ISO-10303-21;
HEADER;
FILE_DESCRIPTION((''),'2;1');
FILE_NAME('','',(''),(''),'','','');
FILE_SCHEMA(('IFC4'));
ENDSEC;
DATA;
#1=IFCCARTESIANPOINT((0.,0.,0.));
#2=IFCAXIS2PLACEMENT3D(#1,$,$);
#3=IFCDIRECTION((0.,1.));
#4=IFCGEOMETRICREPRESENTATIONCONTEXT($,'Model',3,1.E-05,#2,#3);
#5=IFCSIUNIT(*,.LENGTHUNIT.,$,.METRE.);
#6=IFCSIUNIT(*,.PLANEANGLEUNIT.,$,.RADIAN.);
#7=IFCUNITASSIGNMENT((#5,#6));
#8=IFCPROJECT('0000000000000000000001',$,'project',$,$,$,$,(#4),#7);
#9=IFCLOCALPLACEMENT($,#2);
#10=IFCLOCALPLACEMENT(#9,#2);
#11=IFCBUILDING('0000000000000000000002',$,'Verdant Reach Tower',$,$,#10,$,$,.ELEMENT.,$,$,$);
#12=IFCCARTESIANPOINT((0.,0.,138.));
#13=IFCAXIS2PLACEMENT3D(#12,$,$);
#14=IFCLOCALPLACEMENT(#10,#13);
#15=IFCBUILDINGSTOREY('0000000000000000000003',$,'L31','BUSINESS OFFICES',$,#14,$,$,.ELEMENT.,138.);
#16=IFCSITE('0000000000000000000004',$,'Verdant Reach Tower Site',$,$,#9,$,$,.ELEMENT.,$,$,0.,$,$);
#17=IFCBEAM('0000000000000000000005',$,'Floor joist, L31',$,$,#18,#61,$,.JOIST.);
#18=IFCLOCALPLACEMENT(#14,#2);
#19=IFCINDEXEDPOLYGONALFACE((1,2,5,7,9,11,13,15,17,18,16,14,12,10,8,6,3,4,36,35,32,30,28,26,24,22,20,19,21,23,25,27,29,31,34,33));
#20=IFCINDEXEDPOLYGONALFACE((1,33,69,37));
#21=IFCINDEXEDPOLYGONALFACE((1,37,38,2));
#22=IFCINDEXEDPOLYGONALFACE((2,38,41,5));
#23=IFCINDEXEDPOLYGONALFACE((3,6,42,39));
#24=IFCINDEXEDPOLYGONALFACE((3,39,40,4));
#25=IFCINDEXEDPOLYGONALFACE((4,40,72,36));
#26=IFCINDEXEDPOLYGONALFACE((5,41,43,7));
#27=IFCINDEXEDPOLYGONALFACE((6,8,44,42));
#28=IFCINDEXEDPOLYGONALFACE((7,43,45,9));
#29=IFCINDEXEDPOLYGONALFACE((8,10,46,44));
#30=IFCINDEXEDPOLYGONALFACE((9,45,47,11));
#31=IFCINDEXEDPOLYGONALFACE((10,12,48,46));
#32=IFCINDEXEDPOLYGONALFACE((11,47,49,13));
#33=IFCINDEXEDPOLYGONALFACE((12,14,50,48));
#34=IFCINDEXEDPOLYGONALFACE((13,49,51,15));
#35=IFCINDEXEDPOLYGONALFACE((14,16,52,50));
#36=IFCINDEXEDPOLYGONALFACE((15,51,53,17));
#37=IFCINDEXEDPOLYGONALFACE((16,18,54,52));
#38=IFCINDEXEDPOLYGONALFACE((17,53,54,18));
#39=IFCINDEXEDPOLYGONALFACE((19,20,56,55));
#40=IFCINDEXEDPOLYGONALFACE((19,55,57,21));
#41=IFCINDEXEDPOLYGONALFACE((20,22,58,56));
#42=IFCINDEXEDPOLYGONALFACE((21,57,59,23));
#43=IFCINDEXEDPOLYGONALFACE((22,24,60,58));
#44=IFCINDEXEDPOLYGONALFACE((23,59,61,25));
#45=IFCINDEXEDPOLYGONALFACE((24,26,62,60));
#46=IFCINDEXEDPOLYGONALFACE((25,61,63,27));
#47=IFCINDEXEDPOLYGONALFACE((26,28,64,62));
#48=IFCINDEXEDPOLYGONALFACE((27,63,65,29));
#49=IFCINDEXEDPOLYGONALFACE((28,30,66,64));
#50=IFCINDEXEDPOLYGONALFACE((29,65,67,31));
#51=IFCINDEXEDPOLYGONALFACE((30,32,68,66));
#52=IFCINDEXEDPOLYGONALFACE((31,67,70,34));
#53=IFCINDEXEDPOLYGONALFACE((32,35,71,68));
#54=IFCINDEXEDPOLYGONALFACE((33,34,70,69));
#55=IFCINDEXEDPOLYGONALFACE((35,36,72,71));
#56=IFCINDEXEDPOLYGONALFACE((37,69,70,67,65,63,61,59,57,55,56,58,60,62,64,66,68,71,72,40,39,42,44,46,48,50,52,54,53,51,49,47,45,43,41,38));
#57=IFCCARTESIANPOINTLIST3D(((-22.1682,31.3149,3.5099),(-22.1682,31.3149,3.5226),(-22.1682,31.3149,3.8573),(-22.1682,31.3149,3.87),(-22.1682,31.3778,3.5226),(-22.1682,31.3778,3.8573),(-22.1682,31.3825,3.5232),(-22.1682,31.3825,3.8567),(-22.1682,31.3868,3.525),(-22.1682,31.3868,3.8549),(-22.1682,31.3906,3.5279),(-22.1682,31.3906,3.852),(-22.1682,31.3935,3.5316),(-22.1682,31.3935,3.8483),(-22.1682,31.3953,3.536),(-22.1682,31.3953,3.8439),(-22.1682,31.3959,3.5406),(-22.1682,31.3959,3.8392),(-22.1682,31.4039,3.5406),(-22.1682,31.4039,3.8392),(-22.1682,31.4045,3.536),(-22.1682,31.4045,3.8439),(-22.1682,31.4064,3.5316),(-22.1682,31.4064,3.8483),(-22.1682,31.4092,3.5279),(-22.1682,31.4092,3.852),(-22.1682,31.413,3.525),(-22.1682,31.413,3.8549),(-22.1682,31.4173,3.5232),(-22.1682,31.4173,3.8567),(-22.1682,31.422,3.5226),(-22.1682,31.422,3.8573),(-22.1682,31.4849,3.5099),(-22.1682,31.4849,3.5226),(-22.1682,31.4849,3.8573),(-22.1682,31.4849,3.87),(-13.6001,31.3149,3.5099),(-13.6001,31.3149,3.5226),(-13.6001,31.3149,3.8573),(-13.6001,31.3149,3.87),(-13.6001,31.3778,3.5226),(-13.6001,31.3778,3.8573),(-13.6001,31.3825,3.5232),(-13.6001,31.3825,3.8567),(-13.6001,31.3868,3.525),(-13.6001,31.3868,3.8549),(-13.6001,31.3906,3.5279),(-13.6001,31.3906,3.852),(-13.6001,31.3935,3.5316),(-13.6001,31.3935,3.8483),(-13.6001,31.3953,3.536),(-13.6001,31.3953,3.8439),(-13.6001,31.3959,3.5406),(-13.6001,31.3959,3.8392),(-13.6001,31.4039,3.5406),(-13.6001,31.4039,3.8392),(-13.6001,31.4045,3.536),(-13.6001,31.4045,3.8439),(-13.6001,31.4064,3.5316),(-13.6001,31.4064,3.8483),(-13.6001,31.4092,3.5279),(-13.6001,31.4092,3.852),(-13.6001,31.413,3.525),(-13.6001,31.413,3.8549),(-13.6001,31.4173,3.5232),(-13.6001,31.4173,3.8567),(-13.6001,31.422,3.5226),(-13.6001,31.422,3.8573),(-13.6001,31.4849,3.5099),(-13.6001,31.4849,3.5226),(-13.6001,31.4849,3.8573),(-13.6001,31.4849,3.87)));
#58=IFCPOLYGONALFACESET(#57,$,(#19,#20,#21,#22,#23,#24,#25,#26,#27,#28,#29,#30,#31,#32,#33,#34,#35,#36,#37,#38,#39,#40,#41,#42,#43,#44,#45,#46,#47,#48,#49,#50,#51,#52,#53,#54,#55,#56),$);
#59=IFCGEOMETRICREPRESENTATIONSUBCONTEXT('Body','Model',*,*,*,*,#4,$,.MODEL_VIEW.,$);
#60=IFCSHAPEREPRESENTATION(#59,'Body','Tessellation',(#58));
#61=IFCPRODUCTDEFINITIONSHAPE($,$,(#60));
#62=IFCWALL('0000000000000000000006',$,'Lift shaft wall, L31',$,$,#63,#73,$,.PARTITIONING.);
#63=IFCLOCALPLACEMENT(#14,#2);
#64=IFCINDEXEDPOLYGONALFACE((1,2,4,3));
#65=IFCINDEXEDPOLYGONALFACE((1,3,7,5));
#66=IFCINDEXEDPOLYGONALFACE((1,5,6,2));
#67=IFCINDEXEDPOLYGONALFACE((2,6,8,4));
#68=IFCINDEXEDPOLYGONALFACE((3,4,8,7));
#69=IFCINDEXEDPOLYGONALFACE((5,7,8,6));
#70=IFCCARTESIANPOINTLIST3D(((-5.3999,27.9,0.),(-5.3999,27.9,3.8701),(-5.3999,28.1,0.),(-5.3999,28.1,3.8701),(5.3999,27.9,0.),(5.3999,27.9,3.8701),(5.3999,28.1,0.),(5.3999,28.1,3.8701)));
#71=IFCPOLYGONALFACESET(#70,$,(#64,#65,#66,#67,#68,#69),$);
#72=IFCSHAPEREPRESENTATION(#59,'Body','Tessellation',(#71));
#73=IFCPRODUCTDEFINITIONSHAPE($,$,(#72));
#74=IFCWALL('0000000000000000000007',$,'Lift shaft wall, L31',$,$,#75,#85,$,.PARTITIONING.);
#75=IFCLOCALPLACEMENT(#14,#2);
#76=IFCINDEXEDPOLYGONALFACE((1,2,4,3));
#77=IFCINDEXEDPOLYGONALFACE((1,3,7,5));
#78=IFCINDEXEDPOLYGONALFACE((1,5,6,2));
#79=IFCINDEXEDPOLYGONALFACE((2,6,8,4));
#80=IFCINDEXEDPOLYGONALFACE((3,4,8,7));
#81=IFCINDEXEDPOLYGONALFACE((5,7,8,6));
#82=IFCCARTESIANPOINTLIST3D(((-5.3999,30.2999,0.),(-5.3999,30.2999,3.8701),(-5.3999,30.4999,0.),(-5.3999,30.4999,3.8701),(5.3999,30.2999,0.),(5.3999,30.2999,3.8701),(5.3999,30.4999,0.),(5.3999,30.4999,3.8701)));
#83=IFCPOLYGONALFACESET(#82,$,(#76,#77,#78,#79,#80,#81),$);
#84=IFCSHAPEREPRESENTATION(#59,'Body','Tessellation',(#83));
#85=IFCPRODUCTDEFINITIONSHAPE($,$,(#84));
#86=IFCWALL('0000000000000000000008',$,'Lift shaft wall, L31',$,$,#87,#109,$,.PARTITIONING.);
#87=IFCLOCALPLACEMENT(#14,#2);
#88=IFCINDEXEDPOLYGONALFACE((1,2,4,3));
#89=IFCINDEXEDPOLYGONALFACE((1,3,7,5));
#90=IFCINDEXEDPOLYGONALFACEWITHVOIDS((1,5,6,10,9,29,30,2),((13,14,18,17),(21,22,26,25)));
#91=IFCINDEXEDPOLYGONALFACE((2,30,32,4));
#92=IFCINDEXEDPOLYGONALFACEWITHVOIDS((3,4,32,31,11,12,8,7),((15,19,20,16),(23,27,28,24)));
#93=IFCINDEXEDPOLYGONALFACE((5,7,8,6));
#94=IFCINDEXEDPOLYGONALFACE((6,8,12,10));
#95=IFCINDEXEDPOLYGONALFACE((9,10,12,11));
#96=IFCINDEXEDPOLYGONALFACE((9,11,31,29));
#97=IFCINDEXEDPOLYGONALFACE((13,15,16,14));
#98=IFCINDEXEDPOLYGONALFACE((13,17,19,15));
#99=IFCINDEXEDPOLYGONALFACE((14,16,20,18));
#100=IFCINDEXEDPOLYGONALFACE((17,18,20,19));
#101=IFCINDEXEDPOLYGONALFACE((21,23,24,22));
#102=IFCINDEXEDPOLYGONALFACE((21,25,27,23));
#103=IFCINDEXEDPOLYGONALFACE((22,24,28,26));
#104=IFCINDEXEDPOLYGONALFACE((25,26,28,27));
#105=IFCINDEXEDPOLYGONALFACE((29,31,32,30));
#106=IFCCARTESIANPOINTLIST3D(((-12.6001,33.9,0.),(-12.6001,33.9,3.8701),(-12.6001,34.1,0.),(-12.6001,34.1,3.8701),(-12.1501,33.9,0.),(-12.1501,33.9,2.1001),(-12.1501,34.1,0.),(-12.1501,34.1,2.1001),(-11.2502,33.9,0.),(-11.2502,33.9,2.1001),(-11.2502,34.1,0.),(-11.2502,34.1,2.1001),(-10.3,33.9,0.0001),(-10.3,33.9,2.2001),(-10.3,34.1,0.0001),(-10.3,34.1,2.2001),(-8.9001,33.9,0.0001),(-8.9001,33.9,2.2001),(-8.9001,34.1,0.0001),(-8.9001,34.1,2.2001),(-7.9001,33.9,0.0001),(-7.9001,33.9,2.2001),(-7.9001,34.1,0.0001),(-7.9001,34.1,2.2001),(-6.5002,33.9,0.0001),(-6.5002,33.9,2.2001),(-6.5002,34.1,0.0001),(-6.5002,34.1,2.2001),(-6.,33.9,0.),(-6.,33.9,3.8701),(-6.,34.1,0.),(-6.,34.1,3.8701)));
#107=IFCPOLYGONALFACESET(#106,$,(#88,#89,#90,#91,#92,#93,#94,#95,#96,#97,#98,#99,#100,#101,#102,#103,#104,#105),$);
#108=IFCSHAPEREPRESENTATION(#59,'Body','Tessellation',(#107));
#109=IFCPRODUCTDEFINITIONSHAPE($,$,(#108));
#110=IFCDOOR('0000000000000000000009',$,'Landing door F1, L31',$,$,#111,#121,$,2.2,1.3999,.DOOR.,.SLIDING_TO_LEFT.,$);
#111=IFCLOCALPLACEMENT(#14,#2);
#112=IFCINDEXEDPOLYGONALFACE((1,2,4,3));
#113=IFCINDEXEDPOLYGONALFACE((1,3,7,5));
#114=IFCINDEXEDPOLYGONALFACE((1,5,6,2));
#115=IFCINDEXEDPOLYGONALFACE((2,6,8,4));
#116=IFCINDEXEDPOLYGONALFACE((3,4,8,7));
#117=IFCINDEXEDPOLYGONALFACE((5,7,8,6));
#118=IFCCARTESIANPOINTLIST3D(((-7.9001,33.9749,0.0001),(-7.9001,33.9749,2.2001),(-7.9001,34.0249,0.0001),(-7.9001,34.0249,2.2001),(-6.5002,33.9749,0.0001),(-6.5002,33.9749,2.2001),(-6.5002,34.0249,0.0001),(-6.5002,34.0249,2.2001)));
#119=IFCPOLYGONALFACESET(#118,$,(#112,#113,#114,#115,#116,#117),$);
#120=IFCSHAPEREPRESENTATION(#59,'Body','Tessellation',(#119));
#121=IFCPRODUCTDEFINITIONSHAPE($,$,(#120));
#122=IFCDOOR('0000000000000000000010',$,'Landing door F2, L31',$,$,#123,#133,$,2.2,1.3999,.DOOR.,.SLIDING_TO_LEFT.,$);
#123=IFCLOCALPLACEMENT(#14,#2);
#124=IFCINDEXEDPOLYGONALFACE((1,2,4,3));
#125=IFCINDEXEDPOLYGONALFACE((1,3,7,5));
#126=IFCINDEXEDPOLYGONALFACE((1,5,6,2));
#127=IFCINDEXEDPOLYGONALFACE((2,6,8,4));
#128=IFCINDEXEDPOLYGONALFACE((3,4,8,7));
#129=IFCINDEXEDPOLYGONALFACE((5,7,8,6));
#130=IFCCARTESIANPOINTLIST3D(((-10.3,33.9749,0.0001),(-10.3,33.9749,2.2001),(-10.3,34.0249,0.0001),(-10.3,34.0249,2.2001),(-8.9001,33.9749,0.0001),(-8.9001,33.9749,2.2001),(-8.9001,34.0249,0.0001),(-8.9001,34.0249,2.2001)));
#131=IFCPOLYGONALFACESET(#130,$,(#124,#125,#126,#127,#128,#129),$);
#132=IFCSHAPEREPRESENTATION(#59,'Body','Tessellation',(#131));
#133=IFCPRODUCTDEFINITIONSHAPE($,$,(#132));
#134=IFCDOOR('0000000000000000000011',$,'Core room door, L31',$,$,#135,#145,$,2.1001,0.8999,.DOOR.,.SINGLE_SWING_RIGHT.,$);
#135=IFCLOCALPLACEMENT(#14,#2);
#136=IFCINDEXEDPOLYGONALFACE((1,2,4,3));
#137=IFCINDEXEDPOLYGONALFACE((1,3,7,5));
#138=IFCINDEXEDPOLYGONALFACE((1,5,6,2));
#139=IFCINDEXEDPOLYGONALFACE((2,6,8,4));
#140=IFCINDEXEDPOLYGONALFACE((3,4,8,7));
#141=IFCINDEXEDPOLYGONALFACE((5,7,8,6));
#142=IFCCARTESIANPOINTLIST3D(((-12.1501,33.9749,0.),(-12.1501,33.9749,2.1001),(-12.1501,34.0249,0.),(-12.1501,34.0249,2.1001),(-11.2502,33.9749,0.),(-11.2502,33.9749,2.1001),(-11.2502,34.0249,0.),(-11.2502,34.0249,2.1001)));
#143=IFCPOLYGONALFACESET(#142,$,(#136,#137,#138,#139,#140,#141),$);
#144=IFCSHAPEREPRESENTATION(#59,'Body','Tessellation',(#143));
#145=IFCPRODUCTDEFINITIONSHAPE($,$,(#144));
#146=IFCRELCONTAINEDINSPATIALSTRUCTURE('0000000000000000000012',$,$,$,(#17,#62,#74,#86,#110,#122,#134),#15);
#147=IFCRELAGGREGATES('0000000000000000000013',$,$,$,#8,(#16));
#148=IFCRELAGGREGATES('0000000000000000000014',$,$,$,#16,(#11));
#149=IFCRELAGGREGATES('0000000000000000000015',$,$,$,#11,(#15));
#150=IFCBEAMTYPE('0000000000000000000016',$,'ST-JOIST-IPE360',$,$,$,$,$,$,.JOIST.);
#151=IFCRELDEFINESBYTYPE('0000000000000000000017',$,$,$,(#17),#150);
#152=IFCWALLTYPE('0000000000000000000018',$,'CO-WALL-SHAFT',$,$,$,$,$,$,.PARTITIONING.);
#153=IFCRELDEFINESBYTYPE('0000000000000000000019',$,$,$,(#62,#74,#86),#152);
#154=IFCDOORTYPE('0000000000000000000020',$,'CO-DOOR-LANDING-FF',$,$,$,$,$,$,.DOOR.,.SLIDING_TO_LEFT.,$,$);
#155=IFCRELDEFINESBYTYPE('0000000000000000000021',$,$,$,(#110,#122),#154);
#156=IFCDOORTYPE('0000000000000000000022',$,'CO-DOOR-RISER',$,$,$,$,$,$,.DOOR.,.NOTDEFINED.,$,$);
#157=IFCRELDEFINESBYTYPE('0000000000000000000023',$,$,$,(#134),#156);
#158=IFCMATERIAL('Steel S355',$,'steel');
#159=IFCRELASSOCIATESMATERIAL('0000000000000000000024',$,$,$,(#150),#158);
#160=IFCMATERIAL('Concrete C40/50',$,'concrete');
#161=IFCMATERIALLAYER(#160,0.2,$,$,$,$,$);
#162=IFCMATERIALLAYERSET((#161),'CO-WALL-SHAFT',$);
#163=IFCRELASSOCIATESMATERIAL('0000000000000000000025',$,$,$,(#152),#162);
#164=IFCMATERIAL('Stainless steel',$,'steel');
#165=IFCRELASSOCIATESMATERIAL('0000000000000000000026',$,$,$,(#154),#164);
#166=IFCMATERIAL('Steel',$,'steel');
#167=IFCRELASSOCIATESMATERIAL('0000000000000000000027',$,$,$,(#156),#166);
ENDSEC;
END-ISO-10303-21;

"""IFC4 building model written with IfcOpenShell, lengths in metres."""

from ifc_helpers import new_model, si_unit, direction, frame, frame_2d, origin, origin_2d, place, context, subcontext, project, spatial, rectangle, i_section, extrude, material, layer, layer_set, material_profile, profile_set, type_object, element, fill, save


model = new_model("IFC4")

# Units and contexts
model_context = context("Model", 3, precision=1e-05, world=origin(), true_north=direction((0.0, 1.0)))
body_context = subcontext(model_context, "Body", "Model", "MODEL_VIEW")
ifc_project = project(units=[si_unit("LENGTHUNIT", "METRE"), si_unit("PLANEANGLEUNIT", "RADIAN")], contexts=[model_context])

# Site, building, storey
site_placement = place(None, origin())
site = spatial("IfcSite", under=ifc_project, at=site_placement, Name="Verdant Reach Tower Site", CompositionType="ELEMENT", RefElevation=0.0)
building_placement = place(site_placement, origin())
building = spatial("IfcBuilding", under=site, at=building_placement, Name="Verdant Reach Tower", CompositionType="ELEMENT")
storey_placement = place(building_placement, frame((0.0, 0.0, 138.0)))
storey = spatial("IfcBuildingStorey", under=building, at=storey_placement, Name="L31", Description="BUSINESS OFFICES", CompositionType="ELEMENT", Elevation=138.0)

# Beam
ifc_material_1 = material(Name="Steel S355", Category="steel")
ifc_material_profile = material_profile(ifc_material_1, i_section(OverallWidth=0.1699, OverallDepth=0.3601, WebThickness=0.0081, FlangeThickness=0.0127, FilletRadius=0.0181, at=origin_2d()), Name="IPE 360")
ifc_profile_set = profile_set([ifc_material_profile], Name="Steel S355")
beam_type = type_object("IfcBeamType", Name="ST-JOIST-IPE360", PredefinedType="JOIST", material=ifc_profile_set)
beam_placement = place(storey_placement, frame((-13.6001, 31.3999, 3.6899), z_axis=(-1.0, 0.0, 0.0), x_axis=(0.0, -1.0, 0.0)))
element("IfcBeam", 1, at=beam_placement, inside=storey, type_object=beam_type, Name="Floor joist, L31", PredefinedType="JOIST", context=body_context, shape_type="SweptSolid", body=[
    extrude(i_section(OverallWidth=0.1699, OverallDepth=0.3601, WebThickness=0.0081, FlangeThickness=0.0127, FilletRadius=0.0181, at=origin_2d()), origin(), (0.0, 0.0, 1.0), 8.5681),
])

# Walls
ifc_material_2 = material(Name="Concrete C40/50", Category="concrete")
ifc_layer_1 = layer(ifc_material_2, 0.2)
ifc_layer_set_1 = layer_set([ifc_layer_1], Name="CO-WALL-SHAFT")
wall_type_1 = type_object("IfcWallType", Name="CO-WALL-SHAFT", PredefinedType="PARTITIONING", material=ifc_layer_set_1)
for number, where, z_axis, x_axis, name in (
    (2, (-5.3999, 28.0, 0.0), (0.0, 0.0, 1.0), (1.0, 0.0, 0.0), "Lift shaft wall, L31"),
    (3, (-5.3999, 30.3999, 0.0), (0.0, 0.0, 1.0), (1.0, 0.0, 0.0), "Lift shaft wall, L31"),
):
    element("IfcWall", number, at=place(storey_placement, frame(where, z_axis=z_axis, x_axis=x_axis)), inside=storey, type_object=wall_type_1, Name=name, PredefinedType="PARTITIONING", context=body_context, shape_type="SweptSolid", body=[
        extrude(rectangle(XDim=10.7998, YDim=0.2, at=frame_2d((5.3999, 0.0))), origin(), (0.0, 0.0, 1.0), 3.8701),
    ])

# Wall, openings, doors
wall_1_placement = place(storey_placement, frame((-12.6001, 34.0, 0.0), z_axis=(0.0, 0.0, 1.0), x_axis=(1.0, 0.0, 0.0)))
wall_1 = element("IfcWall", 4, at=wall_1_placement, inside=storey, type_object=wall_type_1, Name="Lift shaft wall, L31", PredefinedType="PARTITIONING", context=body_context, shape_type="SweptSolid", body=[
    extrude(rectangle(XDim=6.6001, YDim=0.2, at=frame_2d((3.3, 0.0))), origin(), (0.0, 0.0, 1.0), 3.8701),
])
opening_1_placement = place(wall_1_placement, frame((4.7, 0.0, 0.0)))
opening_1 = element("IfcOpeningElement", 5, at=opening_1_placement, cuts=wall_1, PredefinedType="OPENING", context=body_context, shape_type="SweptSolid", body=[
    extrude(rectangle(XDim=1.3999, YDim=2.2, at=frame_2d((0.7, 1.1001))), frame((0.0, 0.1099, 0.0), z_axis=(0.0, -1.0, 0.0), x_axis=(1.0, 0.0, 0.0)), (0.0, 0.0, 1.0), 0.22),
])
opening_2_placement = place(wall_1_placement, frame((2.3, 0.0, 0.0)))
opening_2 = element("IfcOpeningElement", 6, at=opening_2_placement, cuts=wall_1, PredefinedType="OPENING", context=body_context, shape_type="SweptSolid", body=[
    extrude(rectangle(XDim=1.3999, YDim=2.2, at=frame_2d((0.7, 1.1001))), frame((0.0, 0.1099, 0.0), z_axis=(0.0, -1.0, 0.0), x_axis=(1.0, 0.0, 0.0)), (0.0, 0.0, 1.0), 0.22),
])
opening_3_placement = place(wall_1_placement, frame((0.45, 0.0, 0.0)))
opening_3 = element("IfcOpeningElement", 7, at=opening_3_placement, cuts=wall_1, PredefinedType="OPENING", context=body_context, shape_type="SweptSolid", body=[
    extrude(rectangle(XDim=0.8999, YDim=2.1001, at=frame_2d((0.45, 1.05))), frame((0.0, 0.1099, 0.0), z_axis=(0.0, -1.0, 0.0), x_axis=(1.0, 0.0, 0.0)), (0.0, 0.0, 1.0), 0.22),
])
ifc_material_3 = material(Name="Stainless steel", Category="steel")
door_type_1 = type_object("IfcDoorType", Name="CO-DOOR-LANDING-FF", OperationType="SLIDING_TO_LEFT", PredefinedType="DOOR", material=ifc_material_3)
door_1_placement = place(opening_1_placement, origin())
door_1 = element("IfcDoor", 8, at=door_1_placement, inside=storey, type_object=door_type_1, Name="Landing door F1, L31", OperationType="SLIDING_TO_LEFT", OverallHeight=2.2, OverallWidth=1.3999, PredefinedType="DOOR", context=body_context, shape_type="SweptSolid", body=[
    extrude(rectangle(XDim=1.3999, YDim=2.2, at=frame_2d((0.7, 1.1001))), frame((0.0, 0.0249, 0.0), z_axis=(0.0, -1.0, 0.0), x_axis=(1.0, 0.0, 0.0)), (0.0, 0.0, 1.0), 0.05),
])
fill(opening_1, door_1)
door_2_placement = place(opening_2_placement, origin())
door_2 = element("IfcDoor", 9, at=door_2_placement, inside=storey, type_object=door_type_1, Name="Landing door F2, L31", OperationType="SLIDING_TO_LEFT", OverallHeight=2.2, OverallWidth=1.3999, PredefinedType="DOOR", context=body_context, shape_type="SweptSolid", body=[
    extrude(rectangle(XDim=1.3999, YDim=2.2, at=frame_2d((0.7, 1.1001))), frame((0.0, 0.0249, 0.0), z_axis=(0.0, -1.0, 0.0), x_axis=(1.0, 0.0, 0.0)), (0.0, 0.0, 1.0), 0.05),
])
fill(opening_2, door_2)
ifc_material_4 = material(Name="Steel", Category="steel")
door_type_2 = type_object("IfcDoorType", Name="CO-DOOR-RISER", OperationType="NOTDEFINED", PredefinedType="DOOR", material=ifc_material_4)
door_3_placement = place(opening_3_placement, origin())
door_3 = element("IfcDoor", 10, at=door_3_placement, inside=storey, type_object=door_type_2, Name="Core room door, L31", OperationType="SINGLE_SWING_RIGHT", OverallHeight=2.1001, OverallWidth=0.8999, PredefinedType="DOOR", context=body_context, shape_type="SweptSolid", body=[
    extrude(rectangle(XDim=0.8999, YDim=2.1001, at=frame_2d((0.45, 1.05))), frame((0.0, 0.0249, 0.0), z_axis=(0.0, -1.0, 0.0), x_axis=(1.0, 0.0, 0.0)), (0.0, 0.0, 1.0), 0.05),
])
fill(opening_3, door_3)

save(model, "model.ifc")
